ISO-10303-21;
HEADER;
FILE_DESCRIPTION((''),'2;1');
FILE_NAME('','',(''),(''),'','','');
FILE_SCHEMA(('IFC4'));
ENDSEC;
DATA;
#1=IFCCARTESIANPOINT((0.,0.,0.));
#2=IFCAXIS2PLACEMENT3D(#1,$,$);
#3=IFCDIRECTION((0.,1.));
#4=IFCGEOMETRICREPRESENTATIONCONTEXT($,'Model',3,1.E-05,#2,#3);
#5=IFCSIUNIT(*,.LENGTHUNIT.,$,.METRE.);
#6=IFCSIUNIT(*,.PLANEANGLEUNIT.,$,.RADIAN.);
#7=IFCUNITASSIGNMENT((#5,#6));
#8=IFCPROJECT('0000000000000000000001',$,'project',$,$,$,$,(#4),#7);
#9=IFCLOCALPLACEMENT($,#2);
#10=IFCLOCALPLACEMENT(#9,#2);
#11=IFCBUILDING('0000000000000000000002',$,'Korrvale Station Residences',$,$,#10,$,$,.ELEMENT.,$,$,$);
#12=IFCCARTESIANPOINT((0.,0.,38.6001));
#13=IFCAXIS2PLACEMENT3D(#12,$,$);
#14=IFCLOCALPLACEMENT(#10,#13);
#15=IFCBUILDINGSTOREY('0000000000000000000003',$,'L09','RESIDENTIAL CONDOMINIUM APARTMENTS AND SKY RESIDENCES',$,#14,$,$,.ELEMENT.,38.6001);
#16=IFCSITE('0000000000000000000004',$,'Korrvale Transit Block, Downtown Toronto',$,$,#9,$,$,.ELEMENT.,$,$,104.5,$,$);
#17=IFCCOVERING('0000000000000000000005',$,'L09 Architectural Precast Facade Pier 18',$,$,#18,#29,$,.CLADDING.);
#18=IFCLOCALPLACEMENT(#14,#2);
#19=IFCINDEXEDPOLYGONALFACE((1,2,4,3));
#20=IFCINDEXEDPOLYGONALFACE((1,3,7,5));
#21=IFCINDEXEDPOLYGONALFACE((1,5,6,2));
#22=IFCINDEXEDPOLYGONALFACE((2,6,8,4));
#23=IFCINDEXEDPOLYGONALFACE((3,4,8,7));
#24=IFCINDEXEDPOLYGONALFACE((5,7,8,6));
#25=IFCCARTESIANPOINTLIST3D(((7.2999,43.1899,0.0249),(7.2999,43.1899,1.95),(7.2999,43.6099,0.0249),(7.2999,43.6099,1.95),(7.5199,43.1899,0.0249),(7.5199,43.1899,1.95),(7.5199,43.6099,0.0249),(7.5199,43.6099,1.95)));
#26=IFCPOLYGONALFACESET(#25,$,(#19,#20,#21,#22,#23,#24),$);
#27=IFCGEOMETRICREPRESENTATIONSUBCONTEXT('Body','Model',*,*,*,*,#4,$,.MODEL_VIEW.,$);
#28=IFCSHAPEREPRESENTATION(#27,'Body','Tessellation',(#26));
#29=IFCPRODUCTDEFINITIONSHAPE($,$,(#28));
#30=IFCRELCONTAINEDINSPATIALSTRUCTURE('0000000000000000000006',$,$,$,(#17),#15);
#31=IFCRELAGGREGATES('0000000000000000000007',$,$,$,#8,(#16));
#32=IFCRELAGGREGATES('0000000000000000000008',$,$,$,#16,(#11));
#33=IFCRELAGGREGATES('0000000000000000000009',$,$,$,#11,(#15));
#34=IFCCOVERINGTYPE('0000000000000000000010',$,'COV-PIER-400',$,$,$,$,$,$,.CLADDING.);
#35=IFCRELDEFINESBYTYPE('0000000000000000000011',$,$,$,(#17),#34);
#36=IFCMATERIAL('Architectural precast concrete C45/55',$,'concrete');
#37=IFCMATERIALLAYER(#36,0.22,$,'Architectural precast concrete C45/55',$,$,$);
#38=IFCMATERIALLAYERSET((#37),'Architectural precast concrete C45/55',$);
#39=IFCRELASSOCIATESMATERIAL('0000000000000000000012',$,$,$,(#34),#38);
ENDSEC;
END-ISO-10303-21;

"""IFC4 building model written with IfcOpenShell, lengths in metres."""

from ifc_helpers import new_model, si_unit, direction, frame, origin, origin_2d, place, context, subcontext, project, spatial, rectangle, extrude, material, layer, layer_set, type_object, element, save


model = new_model("IFC4")

# Units and contexts
model_context = context("Model", 3, precision=1e-05, world=origin(), true_north=direction((0.0, 1.0)))
body_context = subcontext(model_context, "Body", "Model", "MODEL_VIEW")
ifc_project = project(units=[si_unit("LENGTHUNIT", "METRE"), si_unit("PLANEANGLEUNIT", "RADIAN")], contexts=[model_context])

# Site, building, storey
site_placement = place(None, origin())
site = spatial("IfcSite", under=ifc_project, at=site_placement, Name="Korrvale Transit Block, Downtown Toronto", CompositionType="ELEMENT", RefElevation=104.5)
building_placement = place(site_placement, origin())
building = spatial("IfcBuilding", under=site, at=building_placement, Name="Korrvale Station Residences", CompositionType="ELEMENT")
storey_placement = place(building_placement, frame((0.0, 0.0, 38.6001)))
storey = spatial("IfcBuildingStorey", under=building, at=storey_placement, Name="L09", Description="RESIDENTIAL CONDOMINIUM APARTMENTS AND SKY RESIDENCES", CompositionType="ELEMENT", Elevation=38.6001)

# Covering
ifc_material_1 = material(Name="Architectural precast concrete C45/55", Category="concrete")
ifc_layer_1 = layer(ifc_material_1, 0.22, Name="Architectural precast concrete C45/55")
ifc_layer_set_1 = layer_set([ifc_layer_1], Name="Architectural precast concrete C45/55")
covering_type = type_object("IfcCoveringType", Name="COV-PIER-400", PredefinedType="CLADDING", material=ifc_layer_set_1)
for number, where, z_axis, x_axis, name in (
    (1, (7.4099, 43.3999, 0.0249), (0.0, 0.0, 1.0), (0.0, 1.0, 0.0), "L09 Architectural Precast Facade Pier 18"),
):
    element("IfcCovering", number, at=place(storey_placement, frame(where, z_axis=z_axis, x_axis=x_axis)), inside=storey, type_object=covering_type, Name=name, PredefinedType="CLADDING", context=body_context, shape_type="SweptSolid", body=[
        extrude(rectangle(XDim=0.4199, YDim=0.22, at=origin_2d()), origin(), (0.0, 0.0, 1.0), 1.925),
    ])

save(model, "model.ifc")
